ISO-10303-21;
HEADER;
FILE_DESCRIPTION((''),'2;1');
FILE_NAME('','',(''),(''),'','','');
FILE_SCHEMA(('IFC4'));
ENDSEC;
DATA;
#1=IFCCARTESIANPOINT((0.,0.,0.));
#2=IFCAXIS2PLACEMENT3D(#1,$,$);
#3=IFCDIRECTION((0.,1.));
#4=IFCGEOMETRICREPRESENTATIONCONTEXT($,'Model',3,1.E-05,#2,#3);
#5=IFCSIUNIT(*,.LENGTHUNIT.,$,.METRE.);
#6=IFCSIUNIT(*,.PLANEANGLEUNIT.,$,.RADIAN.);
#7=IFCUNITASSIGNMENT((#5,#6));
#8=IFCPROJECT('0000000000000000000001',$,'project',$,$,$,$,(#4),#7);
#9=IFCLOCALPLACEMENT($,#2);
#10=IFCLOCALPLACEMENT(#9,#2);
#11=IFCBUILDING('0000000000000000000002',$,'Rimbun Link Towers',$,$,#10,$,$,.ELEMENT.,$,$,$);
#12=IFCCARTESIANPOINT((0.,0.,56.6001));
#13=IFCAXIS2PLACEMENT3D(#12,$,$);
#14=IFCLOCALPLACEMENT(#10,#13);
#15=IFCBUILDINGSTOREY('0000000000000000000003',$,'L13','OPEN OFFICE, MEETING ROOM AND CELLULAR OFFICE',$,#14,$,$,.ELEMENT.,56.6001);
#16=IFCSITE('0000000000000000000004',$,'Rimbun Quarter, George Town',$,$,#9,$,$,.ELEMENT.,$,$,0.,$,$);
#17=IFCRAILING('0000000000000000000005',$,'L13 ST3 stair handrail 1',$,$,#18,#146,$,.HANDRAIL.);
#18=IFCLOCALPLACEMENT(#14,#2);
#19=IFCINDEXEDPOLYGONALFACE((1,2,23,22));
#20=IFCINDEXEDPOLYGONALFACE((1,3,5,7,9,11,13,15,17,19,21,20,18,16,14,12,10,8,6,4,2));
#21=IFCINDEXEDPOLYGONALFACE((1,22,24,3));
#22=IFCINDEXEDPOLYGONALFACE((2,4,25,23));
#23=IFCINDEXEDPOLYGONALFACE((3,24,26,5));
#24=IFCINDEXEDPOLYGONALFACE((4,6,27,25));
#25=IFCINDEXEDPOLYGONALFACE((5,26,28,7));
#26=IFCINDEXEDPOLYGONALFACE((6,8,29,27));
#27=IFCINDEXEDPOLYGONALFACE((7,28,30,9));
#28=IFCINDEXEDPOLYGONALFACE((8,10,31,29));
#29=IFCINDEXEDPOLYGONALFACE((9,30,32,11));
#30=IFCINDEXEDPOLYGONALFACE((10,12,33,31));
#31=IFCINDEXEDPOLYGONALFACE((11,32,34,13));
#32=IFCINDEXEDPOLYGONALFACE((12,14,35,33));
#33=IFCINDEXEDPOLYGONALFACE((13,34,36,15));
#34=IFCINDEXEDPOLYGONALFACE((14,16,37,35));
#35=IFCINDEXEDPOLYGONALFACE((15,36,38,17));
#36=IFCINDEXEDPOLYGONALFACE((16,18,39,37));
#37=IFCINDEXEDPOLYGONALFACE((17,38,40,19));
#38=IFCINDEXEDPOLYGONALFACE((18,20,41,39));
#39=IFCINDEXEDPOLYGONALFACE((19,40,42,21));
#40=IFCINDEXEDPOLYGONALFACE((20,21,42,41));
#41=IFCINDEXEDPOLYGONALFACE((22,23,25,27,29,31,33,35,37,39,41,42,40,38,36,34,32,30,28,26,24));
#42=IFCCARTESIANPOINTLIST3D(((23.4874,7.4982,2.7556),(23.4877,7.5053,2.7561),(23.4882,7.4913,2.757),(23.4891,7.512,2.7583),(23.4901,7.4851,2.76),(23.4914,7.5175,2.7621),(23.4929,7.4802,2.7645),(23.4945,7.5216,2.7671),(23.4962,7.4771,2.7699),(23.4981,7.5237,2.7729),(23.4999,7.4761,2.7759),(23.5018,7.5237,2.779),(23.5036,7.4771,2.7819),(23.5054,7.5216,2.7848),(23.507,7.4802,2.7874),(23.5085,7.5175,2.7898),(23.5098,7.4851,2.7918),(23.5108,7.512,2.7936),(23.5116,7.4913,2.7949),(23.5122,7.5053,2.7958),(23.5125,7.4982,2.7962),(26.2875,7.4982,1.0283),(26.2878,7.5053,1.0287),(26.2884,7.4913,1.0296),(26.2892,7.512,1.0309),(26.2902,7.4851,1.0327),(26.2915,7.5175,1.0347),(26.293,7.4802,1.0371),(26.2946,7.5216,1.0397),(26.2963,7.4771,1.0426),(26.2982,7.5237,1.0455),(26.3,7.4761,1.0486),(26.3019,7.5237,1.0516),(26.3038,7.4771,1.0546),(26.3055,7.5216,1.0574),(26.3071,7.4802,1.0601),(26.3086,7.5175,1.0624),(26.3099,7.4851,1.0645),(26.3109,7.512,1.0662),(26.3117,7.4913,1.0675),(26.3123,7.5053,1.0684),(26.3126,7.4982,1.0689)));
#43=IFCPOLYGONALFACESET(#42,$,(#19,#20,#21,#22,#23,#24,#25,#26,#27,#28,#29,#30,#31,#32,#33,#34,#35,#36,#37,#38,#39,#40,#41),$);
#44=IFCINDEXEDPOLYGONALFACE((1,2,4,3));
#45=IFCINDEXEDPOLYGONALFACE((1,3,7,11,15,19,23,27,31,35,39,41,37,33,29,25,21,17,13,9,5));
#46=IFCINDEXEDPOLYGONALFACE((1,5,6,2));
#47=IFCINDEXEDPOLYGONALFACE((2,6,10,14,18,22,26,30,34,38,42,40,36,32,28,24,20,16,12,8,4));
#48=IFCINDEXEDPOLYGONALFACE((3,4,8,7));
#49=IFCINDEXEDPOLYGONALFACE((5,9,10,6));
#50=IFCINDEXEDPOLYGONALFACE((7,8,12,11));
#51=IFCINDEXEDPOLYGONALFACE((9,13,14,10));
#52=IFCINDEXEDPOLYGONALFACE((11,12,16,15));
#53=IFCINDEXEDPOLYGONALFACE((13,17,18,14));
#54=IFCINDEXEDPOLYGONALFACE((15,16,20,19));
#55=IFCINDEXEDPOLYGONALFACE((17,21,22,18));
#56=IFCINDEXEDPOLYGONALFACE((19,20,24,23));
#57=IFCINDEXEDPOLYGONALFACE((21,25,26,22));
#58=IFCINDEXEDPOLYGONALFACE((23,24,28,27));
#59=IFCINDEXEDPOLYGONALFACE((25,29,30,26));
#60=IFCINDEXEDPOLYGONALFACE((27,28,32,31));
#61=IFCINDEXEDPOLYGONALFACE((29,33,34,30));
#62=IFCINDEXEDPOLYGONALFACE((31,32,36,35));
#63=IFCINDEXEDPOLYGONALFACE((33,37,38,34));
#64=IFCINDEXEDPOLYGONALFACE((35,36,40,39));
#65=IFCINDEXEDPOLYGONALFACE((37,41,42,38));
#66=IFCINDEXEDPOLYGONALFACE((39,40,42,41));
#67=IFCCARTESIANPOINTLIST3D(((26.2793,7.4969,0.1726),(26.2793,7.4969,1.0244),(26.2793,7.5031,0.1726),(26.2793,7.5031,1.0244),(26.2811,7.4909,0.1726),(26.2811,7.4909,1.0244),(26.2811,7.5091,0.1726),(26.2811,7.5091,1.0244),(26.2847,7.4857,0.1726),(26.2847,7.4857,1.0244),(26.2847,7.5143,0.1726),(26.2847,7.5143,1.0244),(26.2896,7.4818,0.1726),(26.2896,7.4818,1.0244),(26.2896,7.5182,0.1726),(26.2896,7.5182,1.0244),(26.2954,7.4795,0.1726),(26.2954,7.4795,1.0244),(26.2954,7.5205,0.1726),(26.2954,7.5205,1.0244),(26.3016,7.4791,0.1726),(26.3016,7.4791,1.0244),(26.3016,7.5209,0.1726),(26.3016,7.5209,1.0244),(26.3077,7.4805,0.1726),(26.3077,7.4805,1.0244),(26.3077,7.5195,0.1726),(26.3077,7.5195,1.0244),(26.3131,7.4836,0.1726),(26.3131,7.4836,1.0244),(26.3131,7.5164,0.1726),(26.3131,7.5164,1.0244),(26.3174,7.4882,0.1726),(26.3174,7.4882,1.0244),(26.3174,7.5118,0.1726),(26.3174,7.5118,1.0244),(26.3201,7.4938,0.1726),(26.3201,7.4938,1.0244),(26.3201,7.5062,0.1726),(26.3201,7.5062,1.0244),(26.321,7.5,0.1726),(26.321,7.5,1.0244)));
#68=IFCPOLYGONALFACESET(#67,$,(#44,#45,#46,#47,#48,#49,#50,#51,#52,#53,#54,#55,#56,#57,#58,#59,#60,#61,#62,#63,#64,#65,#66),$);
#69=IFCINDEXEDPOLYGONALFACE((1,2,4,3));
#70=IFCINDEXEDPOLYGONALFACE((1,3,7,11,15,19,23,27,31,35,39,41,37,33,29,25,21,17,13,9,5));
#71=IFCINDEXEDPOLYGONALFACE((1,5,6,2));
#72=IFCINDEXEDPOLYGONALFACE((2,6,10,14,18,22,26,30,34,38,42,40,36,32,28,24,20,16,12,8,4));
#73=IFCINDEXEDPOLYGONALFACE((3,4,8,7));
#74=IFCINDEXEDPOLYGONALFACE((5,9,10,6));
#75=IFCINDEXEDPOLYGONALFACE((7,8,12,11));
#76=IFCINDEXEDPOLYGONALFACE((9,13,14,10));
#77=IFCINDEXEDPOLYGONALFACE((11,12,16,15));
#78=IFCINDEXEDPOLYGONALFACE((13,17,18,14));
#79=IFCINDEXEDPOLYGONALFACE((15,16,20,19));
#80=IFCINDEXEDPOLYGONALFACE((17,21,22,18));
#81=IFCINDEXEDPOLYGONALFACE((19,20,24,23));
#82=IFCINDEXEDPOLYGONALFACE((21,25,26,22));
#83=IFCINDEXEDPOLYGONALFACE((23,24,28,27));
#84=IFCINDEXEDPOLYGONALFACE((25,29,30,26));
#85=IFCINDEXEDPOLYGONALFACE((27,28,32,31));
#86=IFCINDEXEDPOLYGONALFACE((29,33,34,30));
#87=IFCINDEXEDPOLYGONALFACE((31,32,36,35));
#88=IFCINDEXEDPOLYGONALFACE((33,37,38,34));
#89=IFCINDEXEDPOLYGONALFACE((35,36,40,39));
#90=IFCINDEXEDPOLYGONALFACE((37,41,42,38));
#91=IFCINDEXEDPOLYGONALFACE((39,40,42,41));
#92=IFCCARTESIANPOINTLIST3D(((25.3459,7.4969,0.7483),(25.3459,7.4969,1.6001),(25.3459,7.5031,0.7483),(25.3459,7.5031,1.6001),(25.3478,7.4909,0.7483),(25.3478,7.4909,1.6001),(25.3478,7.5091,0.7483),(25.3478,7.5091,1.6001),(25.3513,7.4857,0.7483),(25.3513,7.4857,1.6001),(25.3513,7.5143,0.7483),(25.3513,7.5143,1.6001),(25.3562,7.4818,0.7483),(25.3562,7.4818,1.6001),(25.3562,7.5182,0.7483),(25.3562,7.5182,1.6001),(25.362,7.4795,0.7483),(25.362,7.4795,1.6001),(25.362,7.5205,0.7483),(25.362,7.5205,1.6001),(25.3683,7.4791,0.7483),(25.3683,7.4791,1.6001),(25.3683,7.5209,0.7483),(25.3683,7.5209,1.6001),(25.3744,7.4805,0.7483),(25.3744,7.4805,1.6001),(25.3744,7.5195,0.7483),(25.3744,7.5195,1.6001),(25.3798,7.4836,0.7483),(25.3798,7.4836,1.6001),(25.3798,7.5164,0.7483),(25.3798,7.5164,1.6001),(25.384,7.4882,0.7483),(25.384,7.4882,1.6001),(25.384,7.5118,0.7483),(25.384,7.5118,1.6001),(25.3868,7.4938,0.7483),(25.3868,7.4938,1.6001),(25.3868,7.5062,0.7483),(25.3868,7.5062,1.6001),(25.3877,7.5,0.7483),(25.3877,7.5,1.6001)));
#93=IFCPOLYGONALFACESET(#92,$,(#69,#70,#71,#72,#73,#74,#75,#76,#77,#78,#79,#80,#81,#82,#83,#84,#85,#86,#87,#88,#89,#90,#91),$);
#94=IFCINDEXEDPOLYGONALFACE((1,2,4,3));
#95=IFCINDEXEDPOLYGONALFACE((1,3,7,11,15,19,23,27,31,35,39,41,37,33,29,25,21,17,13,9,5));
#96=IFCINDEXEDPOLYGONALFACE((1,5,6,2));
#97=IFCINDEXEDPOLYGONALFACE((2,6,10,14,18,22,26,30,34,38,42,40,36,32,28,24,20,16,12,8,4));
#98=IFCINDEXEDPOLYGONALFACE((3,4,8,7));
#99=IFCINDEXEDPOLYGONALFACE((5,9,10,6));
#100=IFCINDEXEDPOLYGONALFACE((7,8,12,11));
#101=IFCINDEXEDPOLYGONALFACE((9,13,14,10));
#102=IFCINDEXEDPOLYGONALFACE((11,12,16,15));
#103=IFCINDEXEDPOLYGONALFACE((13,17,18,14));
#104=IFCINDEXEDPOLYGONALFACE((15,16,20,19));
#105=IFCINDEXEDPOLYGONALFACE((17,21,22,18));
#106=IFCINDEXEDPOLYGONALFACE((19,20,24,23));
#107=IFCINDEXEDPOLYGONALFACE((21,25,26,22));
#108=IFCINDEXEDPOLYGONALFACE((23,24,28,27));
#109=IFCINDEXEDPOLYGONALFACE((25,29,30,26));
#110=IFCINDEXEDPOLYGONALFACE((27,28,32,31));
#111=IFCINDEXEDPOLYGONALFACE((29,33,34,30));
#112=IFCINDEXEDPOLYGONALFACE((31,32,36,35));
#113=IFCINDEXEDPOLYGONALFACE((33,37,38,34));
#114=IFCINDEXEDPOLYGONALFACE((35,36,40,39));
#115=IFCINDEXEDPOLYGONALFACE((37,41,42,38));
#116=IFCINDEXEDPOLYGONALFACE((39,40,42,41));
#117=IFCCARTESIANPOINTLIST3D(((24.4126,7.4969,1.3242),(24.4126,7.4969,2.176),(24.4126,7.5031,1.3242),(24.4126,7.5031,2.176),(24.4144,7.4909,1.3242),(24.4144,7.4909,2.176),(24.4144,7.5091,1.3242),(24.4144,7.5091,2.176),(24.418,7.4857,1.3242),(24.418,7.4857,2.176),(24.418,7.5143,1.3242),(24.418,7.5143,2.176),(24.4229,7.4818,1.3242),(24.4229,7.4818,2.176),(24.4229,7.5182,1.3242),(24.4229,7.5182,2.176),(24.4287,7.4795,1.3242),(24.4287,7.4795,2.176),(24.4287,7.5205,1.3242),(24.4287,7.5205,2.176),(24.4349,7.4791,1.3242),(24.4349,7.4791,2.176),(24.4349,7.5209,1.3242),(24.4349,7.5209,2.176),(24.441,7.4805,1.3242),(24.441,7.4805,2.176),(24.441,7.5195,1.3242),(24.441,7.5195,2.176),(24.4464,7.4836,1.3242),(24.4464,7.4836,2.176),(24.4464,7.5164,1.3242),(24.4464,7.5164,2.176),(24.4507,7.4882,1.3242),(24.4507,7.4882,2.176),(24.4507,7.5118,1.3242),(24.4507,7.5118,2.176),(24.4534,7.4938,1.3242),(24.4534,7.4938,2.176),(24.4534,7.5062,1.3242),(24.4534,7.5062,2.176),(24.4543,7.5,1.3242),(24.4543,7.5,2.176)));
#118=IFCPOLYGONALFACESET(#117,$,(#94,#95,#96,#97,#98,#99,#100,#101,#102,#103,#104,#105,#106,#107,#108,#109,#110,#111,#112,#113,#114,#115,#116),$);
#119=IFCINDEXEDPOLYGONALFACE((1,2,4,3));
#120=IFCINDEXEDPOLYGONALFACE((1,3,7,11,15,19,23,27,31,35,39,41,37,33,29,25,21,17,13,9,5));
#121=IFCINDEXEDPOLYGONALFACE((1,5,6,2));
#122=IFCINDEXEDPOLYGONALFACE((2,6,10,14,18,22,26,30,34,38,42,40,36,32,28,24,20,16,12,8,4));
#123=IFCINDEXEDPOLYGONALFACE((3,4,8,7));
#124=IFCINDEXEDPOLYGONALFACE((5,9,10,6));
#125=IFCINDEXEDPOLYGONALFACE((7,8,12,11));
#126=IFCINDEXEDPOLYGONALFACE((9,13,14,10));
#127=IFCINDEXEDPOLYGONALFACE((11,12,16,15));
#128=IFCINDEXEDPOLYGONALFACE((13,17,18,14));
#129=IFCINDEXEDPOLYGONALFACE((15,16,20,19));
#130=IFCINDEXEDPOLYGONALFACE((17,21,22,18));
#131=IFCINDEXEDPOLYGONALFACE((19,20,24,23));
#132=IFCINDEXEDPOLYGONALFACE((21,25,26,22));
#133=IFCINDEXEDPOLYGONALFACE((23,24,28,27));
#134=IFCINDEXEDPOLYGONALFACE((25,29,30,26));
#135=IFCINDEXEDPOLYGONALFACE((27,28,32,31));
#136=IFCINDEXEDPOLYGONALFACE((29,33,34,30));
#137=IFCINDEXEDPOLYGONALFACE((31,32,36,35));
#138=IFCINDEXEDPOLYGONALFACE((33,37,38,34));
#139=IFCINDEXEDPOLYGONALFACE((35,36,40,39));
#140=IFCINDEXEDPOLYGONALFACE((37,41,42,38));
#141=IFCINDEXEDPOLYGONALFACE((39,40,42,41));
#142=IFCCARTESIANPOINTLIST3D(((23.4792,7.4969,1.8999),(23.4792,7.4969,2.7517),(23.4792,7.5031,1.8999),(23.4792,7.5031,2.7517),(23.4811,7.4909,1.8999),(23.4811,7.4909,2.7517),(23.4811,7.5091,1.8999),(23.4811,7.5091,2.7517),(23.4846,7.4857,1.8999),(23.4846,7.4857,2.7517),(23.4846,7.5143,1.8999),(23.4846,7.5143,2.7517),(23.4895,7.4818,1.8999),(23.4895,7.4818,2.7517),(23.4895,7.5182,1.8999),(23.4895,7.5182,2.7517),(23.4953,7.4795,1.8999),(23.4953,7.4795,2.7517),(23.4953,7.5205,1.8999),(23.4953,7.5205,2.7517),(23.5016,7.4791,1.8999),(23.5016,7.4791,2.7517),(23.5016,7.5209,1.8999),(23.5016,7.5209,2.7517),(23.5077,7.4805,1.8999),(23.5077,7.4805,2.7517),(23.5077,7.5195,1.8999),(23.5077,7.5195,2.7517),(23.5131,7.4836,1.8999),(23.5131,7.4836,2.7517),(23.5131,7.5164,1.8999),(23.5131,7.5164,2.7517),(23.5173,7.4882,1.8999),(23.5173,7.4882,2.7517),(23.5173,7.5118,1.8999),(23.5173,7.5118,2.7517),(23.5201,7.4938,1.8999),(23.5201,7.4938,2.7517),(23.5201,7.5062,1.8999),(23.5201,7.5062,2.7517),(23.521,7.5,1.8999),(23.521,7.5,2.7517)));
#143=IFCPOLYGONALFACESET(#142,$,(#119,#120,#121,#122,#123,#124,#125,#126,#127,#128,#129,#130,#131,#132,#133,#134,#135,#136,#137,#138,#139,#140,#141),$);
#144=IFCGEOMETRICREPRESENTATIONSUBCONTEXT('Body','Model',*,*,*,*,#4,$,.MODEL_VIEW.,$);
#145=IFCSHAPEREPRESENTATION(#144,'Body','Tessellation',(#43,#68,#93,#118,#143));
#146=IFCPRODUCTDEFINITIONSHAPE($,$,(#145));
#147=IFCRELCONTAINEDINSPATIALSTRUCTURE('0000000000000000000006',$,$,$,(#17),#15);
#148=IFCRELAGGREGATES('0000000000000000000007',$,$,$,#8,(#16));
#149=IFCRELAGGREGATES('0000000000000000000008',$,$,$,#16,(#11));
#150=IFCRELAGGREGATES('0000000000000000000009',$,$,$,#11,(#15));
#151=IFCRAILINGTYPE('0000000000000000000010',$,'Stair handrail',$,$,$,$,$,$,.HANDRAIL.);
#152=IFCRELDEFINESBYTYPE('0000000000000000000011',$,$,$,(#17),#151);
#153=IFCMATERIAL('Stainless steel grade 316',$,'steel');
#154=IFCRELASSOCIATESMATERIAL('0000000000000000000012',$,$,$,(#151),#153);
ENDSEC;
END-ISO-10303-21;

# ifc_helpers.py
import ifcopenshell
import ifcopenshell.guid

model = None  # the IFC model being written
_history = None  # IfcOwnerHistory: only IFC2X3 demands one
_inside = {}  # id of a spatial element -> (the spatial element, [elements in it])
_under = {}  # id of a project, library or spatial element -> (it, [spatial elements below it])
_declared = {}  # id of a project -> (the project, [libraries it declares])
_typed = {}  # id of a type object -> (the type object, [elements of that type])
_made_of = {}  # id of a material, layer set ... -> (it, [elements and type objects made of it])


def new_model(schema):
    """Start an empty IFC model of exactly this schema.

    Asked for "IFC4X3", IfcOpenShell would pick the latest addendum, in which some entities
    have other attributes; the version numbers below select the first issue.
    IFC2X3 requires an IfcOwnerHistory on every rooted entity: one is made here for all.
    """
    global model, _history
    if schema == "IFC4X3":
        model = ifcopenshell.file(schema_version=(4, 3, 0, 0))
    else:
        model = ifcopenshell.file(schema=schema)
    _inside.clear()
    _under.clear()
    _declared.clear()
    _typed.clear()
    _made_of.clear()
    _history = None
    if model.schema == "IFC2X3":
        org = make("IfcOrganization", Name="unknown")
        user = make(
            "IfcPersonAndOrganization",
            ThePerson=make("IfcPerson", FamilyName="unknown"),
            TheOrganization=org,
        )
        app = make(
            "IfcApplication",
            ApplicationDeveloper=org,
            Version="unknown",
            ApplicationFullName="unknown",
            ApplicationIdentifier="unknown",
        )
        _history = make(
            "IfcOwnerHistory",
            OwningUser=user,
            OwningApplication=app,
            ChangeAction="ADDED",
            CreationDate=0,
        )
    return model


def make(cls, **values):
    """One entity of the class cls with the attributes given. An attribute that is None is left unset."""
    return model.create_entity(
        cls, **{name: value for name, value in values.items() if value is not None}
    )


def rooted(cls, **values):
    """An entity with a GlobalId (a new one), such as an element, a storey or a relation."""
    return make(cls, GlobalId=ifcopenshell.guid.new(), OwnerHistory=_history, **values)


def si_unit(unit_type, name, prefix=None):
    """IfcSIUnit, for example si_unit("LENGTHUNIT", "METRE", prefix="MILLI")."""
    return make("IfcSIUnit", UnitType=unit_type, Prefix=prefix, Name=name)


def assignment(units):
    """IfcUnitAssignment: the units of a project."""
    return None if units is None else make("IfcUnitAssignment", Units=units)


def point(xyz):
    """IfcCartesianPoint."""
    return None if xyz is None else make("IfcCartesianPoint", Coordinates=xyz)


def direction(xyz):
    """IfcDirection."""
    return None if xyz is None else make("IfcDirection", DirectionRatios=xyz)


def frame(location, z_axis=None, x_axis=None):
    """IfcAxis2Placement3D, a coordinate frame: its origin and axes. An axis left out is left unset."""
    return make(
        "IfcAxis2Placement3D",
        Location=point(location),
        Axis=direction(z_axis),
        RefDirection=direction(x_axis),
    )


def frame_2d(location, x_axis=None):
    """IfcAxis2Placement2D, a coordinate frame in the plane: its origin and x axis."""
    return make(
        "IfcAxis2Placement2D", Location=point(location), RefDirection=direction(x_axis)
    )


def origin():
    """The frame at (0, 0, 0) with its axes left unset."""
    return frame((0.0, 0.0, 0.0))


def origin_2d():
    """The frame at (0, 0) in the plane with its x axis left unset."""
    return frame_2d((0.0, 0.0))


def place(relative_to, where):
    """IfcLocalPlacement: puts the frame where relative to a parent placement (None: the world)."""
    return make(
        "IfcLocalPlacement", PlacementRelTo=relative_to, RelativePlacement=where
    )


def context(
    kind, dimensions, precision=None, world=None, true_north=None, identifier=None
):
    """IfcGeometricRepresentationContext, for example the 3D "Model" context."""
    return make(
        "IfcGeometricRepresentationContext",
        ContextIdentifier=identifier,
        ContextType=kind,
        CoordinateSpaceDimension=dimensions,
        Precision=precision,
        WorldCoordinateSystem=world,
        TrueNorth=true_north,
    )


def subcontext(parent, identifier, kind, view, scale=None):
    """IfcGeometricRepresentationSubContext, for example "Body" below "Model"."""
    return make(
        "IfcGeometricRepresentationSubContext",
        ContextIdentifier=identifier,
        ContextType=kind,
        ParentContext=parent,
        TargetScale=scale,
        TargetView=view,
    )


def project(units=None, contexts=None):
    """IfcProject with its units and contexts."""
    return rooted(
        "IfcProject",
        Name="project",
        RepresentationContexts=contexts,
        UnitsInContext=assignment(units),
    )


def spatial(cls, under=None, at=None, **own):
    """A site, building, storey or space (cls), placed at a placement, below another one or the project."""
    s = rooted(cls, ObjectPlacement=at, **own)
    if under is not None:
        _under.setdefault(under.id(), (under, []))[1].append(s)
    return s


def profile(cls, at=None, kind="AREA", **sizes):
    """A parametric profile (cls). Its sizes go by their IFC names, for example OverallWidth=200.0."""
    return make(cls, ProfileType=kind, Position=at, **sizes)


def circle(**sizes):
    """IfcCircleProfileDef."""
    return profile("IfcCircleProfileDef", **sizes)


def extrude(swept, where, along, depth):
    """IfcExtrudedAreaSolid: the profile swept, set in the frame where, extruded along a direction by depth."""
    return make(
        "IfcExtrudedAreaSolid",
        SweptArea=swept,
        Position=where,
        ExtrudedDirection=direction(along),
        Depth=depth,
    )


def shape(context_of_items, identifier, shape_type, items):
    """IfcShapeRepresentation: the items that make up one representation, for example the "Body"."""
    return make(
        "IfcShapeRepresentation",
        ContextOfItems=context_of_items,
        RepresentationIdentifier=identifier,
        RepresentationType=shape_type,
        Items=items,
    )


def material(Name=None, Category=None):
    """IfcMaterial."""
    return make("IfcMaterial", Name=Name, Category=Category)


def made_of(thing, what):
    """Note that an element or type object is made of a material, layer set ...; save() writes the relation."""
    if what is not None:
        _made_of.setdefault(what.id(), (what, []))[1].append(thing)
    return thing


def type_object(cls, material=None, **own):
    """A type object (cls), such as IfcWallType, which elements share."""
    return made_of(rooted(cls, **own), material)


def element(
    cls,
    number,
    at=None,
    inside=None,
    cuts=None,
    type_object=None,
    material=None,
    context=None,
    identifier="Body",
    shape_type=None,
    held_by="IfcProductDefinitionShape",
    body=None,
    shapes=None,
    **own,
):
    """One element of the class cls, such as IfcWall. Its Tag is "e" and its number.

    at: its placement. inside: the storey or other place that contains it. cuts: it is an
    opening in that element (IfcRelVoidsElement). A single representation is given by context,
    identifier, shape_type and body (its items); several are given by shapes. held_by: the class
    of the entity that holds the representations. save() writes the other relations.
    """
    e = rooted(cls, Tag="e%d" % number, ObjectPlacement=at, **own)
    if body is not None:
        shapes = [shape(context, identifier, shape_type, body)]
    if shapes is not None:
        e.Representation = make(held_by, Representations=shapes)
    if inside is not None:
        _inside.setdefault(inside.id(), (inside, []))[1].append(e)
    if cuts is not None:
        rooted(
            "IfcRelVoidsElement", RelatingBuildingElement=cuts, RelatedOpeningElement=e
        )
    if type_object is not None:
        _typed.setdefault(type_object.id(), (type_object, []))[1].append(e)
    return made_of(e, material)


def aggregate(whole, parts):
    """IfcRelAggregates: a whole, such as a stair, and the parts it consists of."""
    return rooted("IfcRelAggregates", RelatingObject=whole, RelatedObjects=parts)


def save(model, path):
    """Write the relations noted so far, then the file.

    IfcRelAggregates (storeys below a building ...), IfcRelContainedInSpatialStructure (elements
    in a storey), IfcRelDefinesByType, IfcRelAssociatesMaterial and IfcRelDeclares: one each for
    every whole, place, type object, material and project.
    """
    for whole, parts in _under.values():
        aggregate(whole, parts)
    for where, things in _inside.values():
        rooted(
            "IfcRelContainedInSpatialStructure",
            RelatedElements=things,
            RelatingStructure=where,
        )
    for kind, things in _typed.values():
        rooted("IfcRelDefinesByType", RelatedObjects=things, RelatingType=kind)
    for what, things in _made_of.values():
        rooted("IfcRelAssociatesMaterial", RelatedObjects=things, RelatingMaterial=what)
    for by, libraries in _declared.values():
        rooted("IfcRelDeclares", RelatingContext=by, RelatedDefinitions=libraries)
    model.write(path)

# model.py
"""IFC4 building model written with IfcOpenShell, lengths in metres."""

from ifc_helpers import new_model, si_unit, direction, frame, origin, origin_2d, place, context, subcontext, project, spatial, circle, extrude, material, type_object, element, save


model = new_model("IFC4")

# Units and contexts
model_context = context("Model", 3, precision=1e-05, world=origin(), true_north=direction((0.0, 1.0)))
body_context = subcontext(model_context, "Body", "Model", "MODEL_VIEW")
ifc_project = project(units=[si_unit("LENGTHUNIT", "METRE"), si_unit("PLANEANGLEUNIT", "RADIAN")], contexts=[model_context])

# Site, building, storey
site_placement = place(None, origin())
site = spatial("IfcSite", under=ifc_project, at=site_placement, Name="Rimbun Quarter, George Town", CompositionType="ELEMENT", RefElevation=0.0)
building_placement = place(site_placement, origin())
building = spatial("IfcBuilding", under=site, at=building_placement, Name="Rimbun Link Towers", CompositionType="ELEMENT")
storey_placement = place(building_placement, frame((0.0, 0.0, 56.6001)))
storey = spatial("IfcBuildingStorey", under=building, at=storey_placement, Name="L13", Description="OPEN OFFICE, MEETING ROOM AND CELLULAR OFFICE", CompositionType="ELEMENT", Elevation=56.6001)

# Railing
ifc_material_1 = material(Name="Stainless steel grade 316", Category="steel")
railing_type_1 = type_object("IfcRailingType", Name="Stair handrail", PredefinedType="HANDRAIL", material=ifc_material_1)
railing_1_placement = place(storey_placement, frame((26.3, 7.5, 0.1726)))
element("IfcRailing", 1, at=railing_1_placement, inside=storey, type_object=railing_type_1, Name="L13 ST3 stair handrail 1", PredefinedType="HANDRAIL", context=body_context, shape_type="SweptSolid", body=[
    extrude(circle(Radius=0.0239, at=origin_2d()), frame((0.0, 0.0, 0.876), z_axis=(-0.85109, 0.0, 0.52502), x_axis=(0.0, -1.0, 0.0)), (0.0, 0.0, 1.0), 3.29),
    extrude(circle(Radius=0.021, at=origin_2d()), origin(), (0.0, 0.0, 1.0), 0.8518),
    extrude(circle(Radius=0.021, at=origin_2d()), frame((-0.9333, 0.0, 0.5757)), (0.0, 0.0, 1.0), 0.8518),
    extrude(circle(Radius=0.021, at=origin_2d()), frame((-1.8667, 0.0, 1.1516)), (0.0, 0.0, 1.0), 0.8518),
    extrude(circle(Radius=0.021, at=origin_2d()), frame((-2.8, 0.0, 1.7273)), (0.0, 0.0, 1.0), 0.8518),
])

save(model, "model.ifc")
